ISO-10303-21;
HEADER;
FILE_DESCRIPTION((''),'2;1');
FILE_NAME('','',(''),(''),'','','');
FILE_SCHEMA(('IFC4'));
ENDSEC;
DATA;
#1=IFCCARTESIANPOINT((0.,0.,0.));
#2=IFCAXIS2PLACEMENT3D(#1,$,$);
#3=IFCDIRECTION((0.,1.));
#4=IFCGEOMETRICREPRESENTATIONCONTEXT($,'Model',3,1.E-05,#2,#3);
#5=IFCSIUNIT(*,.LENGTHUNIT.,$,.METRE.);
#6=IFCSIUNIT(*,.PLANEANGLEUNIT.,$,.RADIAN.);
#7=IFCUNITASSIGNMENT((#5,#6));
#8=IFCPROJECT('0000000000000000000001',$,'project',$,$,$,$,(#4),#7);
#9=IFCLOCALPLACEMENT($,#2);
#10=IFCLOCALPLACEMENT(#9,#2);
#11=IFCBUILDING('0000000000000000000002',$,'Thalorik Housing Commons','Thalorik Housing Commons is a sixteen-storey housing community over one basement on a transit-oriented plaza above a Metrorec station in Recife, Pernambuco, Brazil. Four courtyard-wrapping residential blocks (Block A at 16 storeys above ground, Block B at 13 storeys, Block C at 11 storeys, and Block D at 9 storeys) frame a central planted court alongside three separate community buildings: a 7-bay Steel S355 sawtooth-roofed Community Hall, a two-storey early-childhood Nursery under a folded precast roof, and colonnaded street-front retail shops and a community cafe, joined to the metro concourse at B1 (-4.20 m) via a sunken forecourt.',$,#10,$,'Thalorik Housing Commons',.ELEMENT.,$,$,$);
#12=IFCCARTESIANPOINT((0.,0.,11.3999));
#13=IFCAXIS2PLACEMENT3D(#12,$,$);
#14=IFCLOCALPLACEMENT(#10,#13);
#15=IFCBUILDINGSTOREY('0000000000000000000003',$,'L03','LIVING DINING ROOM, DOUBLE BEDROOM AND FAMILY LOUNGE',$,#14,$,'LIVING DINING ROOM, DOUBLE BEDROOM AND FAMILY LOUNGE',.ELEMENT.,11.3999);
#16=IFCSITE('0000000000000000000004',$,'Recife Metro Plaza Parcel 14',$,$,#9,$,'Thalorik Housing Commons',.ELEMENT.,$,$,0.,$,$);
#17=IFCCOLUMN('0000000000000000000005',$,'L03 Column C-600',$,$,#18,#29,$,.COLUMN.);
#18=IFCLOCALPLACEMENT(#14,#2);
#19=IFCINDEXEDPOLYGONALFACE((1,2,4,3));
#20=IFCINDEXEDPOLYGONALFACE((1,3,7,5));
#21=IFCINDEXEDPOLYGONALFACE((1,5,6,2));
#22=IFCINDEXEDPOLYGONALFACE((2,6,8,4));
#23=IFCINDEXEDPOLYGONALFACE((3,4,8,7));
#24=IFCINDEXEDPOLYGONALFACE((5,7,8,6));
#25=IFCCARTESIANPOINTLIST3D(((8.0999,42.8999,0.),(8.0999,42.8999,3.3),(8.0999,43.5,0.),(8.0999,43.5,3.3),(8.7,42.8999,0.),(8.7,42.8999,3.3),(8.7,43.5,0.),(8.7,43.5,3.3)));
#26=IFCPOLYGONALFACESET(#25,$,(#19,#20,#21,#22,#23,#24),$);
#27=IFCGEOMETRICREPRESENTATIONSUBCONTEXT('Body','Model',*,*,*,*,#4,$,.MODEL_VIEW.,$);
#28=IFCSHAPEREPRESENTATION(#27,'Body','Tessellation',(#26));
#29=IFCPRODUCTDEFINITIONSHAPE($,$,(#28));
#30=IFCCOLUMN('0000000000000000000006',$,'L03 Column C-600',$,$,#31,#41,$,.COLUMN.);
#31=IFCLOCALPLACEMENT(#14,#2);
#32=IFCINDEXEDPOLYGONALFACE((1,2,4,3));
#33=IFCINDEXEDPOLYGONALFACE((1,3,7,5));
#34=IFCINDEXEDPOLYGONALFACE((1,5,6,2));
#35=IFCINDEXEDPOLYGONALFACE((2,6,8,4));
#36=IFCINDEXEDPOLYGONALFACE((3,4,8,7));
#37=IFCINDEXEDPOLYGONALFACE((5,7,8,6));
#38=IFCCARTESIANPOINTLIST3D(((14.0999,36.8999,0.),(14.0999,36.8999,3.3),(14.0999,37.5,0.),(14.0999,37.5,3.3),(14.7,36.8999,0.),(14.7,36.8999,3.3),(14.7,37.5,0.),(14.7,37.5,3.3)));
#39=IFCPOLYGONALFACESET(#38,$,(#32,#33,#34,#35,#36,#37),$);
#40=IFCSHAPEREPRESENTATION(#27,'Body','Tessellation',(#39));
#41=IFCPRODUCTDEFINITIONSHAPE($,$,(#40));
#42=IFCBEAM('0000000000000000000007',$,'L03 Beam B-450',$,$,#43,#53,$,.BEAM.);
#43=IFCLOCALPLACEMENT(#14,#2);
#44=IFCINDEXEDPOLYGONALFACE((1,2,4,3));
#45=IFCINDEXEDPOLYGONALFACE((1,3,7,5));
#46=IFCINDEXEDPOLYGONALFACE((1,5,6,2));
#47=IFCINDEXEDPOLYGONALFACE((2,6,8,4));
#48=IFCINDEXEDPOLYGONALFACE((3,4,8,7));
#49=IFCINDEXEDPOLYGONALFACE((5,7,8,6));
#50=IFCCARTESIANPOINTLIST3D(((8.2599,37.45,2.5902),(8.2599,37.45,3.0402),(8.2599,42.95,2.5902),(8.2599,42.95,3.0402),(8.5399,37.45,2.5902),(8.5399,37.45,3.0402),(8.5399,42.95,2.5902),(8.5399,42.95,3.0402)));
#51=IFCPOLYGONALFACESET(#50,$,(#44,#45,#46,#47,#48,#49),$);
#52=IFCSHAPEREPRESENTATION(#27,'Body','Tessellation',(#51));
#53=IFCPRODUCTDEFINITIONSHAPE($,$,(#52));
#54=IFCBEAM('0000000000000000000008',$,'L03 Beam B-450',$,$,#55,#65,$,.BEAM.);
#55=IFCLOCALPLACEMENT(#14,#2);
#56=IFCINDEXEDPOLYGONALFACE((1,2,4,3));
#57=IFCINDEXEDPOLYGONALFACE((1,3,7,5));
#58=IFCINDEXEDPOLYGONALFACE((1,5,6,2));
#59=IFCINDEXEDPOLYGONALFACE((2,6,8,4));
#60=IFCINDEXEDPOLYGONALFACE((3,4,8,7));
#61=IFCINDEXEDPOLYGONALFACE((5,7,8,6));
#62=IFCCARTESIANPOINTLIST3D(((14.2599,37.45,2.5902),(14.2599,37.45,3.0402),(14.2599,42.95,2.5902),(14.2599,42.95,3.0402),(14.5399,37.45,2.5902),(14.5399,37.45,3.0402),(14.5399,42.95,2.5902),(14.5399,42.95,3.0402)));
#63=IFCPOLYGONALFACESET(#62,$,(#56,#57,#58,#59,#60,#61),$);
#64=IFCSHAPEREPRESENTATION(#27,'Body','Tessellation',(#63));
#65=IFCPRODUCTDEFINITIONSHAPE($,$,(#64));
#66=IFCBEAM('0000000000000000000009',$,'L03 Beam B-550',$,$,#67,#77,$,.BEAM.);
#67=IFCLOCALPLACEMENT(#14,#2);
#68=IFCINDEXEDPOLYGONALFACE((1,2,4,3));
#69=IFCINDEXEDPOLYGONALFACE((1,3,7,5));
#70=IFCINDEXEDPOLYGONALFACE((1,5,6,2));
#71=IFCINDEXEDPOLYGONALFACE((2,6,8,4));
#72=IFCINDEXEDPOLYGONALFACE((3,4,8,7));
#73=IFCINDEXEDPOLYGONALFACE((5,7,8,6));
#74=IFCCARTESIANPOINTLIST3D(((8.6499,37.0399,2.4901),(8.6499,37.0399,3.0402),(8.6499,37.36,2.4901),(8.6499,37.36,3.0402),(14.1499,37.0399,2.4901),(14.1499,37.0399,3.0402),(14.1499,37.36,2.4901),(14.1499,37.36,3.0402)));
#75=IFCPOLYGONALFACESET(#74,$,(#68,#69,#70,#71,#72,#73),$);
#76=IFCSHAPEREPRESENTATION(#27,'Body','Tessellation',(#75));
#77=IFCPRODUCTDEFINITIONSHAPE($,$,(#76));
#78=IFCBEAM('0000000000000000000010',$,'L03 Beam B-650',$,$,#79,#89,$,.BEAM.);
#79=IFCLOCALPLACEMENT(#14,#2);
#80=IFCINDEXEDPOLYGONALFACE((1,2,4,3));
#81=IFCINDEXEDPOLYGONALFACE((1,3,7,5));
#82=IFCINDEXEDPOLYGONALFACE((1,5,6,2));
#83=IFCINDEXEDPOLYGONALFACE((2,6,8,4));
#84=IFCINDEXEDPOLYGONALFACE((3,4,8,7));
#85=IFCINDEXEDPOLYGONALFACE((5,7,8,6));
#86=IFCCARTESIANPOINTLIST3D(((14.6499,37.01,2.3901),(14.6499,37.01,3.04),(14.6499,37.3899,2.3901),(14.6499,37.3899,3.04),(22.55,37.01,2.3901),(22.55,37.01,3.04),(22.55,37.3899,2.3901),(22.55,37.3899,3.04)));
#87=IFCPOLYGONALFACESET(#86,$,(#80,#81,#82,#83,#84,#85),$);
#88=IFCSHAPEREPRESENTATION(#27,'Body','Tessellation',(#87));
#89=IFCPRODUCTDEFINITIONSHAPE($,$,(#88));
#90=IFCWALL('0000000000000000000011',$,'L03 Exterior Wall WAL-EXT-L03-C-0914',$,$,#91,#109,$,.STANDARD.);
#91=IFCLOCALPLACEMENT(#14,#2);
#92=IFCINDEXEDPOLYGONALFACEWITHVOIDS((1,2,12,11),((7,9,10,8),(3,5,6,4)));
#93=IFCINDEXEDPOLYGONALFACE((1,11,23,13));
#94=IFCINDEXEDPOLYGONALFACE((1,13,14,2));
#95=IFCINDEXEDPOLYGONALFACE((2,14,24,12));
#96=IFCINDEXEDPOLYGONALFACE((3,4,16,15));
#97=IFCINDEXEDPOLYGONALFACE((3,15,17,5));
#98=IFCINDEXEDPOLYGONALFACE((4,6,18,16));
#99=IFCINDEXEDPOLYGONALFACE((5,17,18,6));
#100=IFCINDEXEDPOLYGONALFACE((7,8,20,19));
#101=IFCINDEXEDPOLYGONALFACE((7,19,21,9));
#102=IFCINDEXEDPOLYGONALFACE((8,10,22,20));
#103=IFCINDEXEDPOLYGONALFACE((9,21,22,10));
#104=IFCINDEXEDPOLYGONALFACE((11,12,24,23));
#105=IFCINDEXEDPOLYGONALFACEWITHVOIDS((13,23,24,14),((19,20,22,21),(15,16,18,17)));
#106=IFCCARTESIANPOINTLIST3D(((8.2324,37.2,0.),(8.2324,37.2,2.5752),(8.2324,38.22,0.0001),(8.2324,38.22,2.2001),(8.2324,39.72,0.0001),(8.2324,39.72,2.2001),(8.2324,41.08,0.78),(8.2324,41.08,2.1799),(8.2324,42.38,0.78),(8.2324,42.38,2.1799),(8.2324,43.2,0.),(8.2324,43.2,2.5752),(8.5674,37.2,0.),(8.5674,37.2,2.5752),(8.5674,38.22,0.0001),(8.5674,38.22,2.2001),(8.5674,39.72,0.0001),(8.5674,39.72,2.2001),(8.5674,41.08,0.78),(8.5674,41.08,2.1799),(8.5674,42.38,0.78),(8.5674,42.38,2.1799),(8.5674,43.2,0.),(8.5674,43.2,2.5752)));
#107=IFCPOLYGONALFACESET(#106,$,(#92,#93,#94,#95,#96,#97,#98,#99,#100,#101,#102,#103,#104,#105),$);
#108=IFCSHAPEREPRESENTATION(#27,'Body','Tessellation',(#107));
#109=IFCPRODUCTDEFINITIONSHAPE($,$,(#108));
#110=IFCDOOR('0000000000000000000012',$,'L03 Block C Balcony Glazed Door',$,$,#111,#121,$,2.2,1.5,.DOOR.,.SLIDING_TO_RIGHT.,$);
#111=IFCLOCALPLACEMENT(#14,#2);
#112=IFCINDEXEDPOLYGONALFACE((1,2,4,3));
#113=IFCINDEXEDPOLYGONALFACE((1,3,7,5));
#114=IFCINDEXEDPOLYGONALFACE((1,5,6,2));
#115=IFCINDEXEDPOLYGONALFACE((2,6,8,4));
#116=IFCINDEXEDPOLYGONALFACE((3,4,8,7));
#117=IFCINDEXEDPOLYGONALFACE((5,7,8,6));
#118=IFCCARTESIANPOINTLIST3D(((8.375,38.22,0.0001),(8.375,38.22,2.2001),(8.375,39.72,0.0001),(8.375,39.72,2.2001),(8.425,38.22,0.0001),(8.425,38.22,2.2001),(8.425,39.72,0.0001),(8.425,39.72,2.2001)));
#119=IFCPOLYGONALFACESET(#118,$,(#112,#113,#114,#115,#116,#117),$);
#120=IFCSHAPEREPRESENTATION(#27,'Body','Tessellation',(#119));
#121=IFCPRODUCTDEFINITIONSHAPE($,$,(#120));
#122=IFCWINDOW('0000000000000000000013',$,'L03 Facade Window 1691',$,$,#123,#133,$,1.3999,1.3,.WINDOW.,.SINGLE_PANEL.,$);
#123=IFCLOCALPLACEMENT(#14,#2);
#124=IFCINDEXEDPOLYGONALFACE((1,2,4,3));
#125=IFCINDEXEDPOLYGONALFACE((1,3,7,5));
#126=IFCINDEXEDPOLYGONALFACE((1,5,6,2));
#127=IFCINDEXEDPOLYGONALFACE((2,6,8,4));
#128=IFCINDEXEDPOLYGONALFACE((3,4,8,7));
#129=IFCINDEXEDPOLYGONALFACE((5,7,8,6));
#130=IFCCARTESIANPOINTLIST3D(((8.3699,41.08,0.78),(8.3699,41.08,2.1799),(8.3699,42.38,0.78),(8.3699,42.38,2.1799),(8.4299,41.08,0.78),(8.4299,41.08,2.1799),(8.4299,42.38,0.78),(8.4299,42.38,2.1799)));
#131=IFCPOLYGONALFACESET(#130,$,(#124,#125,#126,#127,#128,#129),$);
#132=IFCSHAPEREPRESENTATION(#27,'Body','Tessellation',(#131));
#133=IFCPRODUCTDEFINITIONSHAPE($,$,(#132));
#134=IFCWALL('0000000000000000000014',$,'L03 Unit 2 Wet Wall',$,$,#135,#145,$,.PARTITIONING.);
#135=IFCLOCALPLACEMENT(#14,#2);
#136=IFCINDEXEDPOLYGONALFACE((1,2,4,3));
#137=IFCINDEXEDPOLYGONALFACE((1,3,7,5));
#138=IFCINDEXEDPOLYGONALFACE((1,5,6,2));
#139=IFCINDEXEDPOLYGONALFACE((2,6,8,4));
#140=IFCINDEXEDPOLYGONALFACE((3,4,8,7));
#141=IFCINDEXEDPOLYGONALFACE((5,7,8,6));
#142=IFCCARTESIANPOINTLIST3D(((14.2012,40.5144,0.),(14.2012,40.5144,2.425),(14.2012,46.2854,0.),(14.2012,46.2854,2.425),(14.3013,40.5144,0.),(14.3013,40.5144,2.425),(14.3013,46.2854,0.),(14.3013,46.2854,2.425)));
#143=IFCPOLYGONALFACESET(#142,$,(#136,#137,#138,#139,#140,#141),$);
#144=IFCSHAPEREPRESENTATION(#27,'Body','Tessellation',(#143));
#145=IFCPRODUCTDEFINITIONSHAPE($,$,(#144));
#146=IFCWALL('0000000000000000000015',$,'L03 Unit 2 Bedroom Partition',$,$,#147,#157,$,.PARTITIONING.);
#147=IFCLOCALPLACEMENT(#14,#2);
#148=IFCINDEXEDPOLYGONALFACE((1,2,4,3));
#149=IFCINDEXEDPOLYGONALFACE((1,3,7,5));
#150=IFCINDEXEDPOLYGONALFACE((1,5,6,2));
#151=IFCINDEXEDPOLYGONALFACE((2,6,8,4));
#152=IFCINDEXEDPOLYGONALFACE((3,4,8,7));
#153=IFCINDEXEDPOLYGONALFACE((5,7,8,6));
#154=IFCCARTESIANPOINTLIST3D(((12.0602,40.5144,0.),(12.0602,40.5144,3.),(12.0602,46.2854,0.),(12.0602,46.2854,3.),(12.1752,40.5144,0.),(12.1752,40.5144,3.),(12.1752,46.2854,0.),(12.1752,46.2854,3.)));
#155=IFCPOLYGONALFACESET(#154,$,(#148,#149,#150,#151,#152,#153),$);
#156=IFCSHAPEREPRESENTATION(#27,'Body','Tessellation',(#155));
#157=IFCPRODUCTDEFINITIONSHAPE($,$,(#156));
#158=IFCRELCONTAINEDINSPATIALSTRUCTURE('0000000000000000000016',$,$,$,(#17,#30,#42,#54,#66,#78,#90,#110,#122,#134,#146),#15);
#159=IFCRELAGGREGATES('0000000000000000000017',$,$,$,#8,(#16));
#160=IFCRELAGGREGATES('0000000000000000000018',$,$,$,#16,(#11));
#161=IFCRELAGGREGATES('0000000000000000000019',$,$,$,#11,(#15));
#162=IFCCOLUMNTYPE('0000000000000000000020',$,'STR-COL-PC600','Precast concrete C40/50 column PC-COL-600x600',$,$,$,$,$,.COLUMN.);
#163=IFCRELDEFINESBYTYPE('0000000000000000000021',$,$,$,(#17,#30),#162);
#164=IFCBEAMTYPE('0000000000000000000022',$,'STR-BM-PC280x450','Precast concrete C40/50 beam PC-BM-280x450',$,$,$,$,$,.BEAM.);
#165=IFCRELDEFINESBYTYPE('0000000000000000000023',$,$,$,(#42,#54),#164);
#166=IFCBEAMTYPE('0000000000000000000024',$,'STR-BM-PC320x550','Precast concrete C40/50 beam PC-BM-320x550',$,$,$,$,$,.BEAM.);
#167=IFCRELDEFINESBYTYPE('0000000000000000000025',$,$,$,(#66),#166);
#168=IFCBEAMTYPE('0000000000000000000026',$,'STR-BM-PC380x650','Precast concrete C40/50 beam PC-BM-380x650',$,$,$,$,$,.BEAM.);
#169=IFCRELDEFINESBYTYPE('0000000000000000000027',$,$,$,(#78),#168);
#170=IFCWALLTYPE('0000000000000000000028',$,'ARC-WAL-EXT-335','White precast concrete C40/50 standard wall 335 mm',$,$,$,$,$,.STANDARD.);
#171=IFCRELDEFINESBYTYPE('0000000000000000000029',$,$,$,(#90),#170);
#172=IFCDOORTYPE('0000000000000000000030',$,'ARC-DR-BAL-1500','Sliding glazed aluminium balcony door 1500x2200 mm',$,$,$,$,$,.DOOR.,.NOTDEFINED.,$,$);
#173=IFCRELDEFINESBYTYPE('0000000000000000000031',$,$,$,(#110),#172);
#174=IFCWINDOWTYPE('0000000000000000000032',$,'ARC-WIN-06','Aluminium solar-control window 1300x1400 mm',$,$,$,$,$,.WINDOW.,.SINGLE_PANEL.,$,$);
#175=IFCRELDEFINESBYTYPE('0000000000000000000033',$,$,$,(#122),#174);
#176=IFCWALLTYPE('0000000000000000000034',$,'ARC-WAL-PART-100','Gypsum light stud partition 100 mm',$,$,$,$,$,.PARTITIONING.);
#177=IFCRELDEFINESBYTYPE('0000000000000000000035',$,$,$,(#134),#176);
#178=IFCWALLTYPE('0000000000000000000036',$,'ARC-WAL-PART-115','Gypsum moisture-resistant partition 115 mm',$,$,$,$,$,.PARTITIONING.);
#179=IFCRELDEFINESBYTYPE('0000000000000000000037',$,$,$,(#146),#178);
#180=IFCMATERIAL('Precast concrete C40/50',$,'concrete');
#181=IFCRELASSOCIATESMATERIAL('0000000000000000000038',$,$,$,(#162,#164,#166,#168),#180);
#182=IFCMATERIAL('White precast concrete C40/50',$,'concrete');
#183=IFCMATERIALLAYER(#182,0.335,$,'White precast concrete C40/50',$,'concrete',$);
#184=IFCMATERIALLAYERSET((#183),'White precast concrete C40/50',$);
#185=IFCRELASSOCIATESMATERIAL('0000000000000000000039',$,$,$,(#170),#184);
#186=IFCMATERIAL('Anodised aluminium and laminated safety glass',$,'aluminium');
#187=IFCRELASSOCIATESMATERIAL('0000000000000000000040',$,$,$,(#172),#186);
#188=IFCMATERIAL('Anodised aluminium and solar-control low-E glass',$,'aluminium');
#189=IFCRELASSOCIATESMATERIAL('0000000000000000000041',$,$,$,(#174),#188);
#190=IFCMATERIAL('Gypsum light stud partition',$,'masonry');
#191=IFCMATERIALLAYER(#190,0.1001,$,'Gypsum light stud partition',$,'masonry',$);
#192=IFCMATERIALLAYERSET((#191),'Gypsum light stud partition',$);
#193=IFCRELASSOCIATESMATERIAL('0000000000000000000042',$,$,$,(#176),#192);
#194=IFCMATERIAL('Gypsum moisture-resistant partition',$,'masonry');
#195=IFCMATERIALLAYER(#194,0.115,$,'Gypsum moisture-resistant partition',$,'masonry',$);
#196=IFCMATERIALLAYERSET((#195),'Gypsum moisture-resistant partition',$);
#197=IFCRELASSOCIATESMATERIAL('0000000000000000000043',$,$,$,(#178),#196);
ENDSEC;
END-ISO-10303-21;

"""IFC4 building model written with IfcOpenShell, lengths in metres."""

from ifc_helpers import new_model, si_unit, direction, frame, frame_2d, origin, origin_2d, place, context, subcontext, project, spatial, rectangle, extrude, material, layer, layer_set, material_profile, profile_set, type_object, element, fill, save


model = new_model("IFC4")

# Units and contexts
model_context = context("Model", 3, precision=1e-05, world=origin(), true_north=direction((0.0, 1.0)))
body_context = subcontext(model_context, "Body", "Model", "MODEL_VIEW")
ifc_project = project(units=[si_unit("LENGTHUNIT", "METRE"), si_unit("PLANEANGLEUNIT", "RADIAN")], contexts=[model_context])

# Site, building, storey
site_placement = place(None, origin())
site = spatial("IfcSite", under=ifc_project, at=site_placement, Name="Recife Metro Plaza Parcel 14", LongName="Thalorik Housing Commons", CompositionType="ELEMENT", RefElevation=0.0)
building_placement = place(site_placement, origin())
building = spatial("IfcBuilding", under=site, at=building_placement, Name="Thalorik Housing Commons", Description="Thalorik Housing Commons is a sixteen-storey housing community over one basement on a transit-oriented plaza above a Metrorec station in Recife, Pernambuco, Brazil. Four courtyard-wrapping residential blocks (Block A at 16 storeys above ground, Block B at 13 storeys, Block C at 11 storeys, and Block D at 9 storeys) frame a central planted court alongside three separate community buildings: a 7-bay Steel S355 sawtooth-roofed Community Hall, a two-storey early-childhood Nursery under a folded precast roof, and colonnaded street-front retail shops and a community cafe, joined to the metro concourse at B1 (-4.20 m) via a sunken forecourt.", LongName="Thalorik Housing Commons", CompositionType="ELEMENT")
storey_placement = place(building_placement, frame((0.0, 0.0, 11.3999)))
storey = spatial("IfcBuildingStorey", under=building, at=storey_placement, Name="L03", Description="LIVING DINING ROOM, DOUBLE BEDROOM AND FAMILY LOUNGE", LongName="LIVING DINING ROOM, DOUBLE BEDROOM AND FAMILY LOUNGE", CompositionType="ELEMENT", Elevation=11.3999)

# Columns
ifc_material_1 = material(Name="Precast concrete C40/50", Category="concrete")
ifc_material_profile_1 = material_profile(ifc_material_1, rectangle(XDim=0.6001, YDim=0.6001, at=origin_2d()), Name="PC 600x600", Category="concrete")
ifc_profile_set_1 = profile_set([ifc_material_profile_1], Name="Precast concrete C40/50")
column_type = type_object("IfcColumnType", Name="STR-COL-PC600", Description="Precast concrete C40/50 column PC-COL-600x600", PredefinedType="COLUMN", material=ifc_profile_set_1)
for number, where, z_axis, x_axis, name in (
    (1, (8.3999, 43.2, 0.0), (0.0, 0.0, 1.0), (1.0, 0.0, 0.0), "L03 Column C-600"),
    (2, (14.3999, 37.2, 0.0), (0.0, 0.0, 1.0), (1.0, 0.0, 0.0), "L03 Column C-600"),
):
    element("IfcColumn", number, at=place(storey_placement, frame(where, z_axis=z_axis, x_axis=x_axis)), inside=storey, type_object=column_type, Name=name, PredefinedType="COLUMN", context=body_context, shape_type="SweptSolid", body=[
        extrude(rectangle(XDim=0.6001, YDim=0.6001, at=origin_2d()), origin(), (0.0, 0.0, 1.0), 3.3),
    ])

# Beams
ifc_material_profile_2 = material_profile(ifc_material_1, rectangle(XDim=0.28, YDim=0.45, at=origin_2d()), Name="PC 280x450", Category="concrete")
ifc_profile_set_2 = profile_set([ifc_material_profile_2], Name="Precast concrete C40/50")
beam_type_1 = type_object("IfcBeamType", Name="STR-BM-PC280x450", Description="Precast concrete C40/50 beam PC-BM-280x450", PredefinedType="BEAM", material=ifc_profile_set_2)
for number, where, z_axis, x_axis, name in (
    (3, (8.3999, 37.45, 2.8152), (0.0, 1.0, 0.0), (-1.0, 0.0, 0.0), "L03 Beam B-450"),
    (4, (14.3999, 37.45, 2.8152), (0.0, 1.0, 0.0), (-1.0, 0.0, 0.0), "L03 Beam B-450"),
):
    element("IfcBeam", number, at=place(storey_placement, frame(where, z_axis=z_axis, x_axis=x_axis)), inside=storey, type_object=beam_type_1, Name=name, PredefinedType="BEAM", context=body_context, shape_type="SweptSolid", body=[
        extrude(rectangle(XDim=0.28, YDim=0.45, at=origin_2d()), origin(), (0.0, 0.0, 1.0), 5.5),
    ])
ifc_material_profile_3 = material_profile(ifc_material_1, rectangle(XDim=0.3201, YDim=0.55, at=origin_2d()), Name="PC 320x550", Category="concrete")
ifc_profile_set_3 = profile_set([ifc_material_profile_3], Name="Precast concrete C40/50")
beam_type_2 = type_object("IfcBeamType", Name="STR-BM-PC320x550", Description="Precast concrete C40/50 beam PC-BM-320x550", PredefinedType="BEAM", material=ifc_profile_set_3)
beam_1_placement = place(storey_placement, frame((8.6499, 37.2, 2.7651), z_axis=(1.0, 0.0, 0.0), x_axis=(0.0, 1.0, 0.0)))
element("IfcBeam", 5, at=beam_1_placement, inside=storey, type_object=beam_type_2, Name="L03 Beam B-550", PredefinedType="BEAM", context=body_context, shape_type="SweptSolid", body=[
    extrude(rectangle(XDim=0.3201, YDim=0.55, at=origin_2d()), origin(), (0.0, 0.0, 1.0), 5.5),
])
ifc_material_profile_4 = material_profile(ifc_material_1, rectangle(XDim=0.3799, YDim=0.6499, at=origin_2d()), Name="PC 380x650", Category="concrete")
ifc_profile_set_4 = profile_set([ifc_material_profile_4], Name="Precast concrete C40/50")
beam_type_3 = type_object("IfcBeamType", Name="STR-BM-PC380x650", Description="Precast concrete C40/50 beam PC-BM-380x650", PredefinedType="BEAM", material=ifc_profile_set_4)
beam_2_placement = place(storey_placement, frame((14.6499, 37.2, 2.7151), z_axis=(1.0, 0.0, 0.0), x_axis=(0.0, 1.0, 0.0)))
element("IfcBeam", 6, at=beam_2_placement, inside=storey, type_object=beam_type_3, Name="L03 Beam B-650", PredefinedType="BEAM", context=body_context, shape_type="SweptSolid", body=[
    extrude(rectangle(XDim=0.3799, YDim=0.6499, at=origin_2d()), origin(), (0.0, 0.0, 1.0), 7.9001),
])

# Wall, openings, door, window
ifc_material_2 = material(Name="White precast concrete C40/50", Category="concrete")
ifc_layer_1 = layer(ifc_material_2, 0.335, Name="White precast concrete C40/50", Category="concrete")
ifc_layer_set_1 = layer_set([ifc_layer_1], Name="White precast concrete C40/50")
wall_type_1 = type_object("IfcWallType", Name="ARC-WAL-EXT-335", Description="White precast concrete C40/50 standard wall 335 mm", PredefinedType="STANDARD", material=ifc_layer_set_1)
wall_1_placement = place(storey_placement, frame((8.3999, 43.2, 0.0), z_axis=(0.0, 0.0, 1.0), x_axis=(0.0, -1.0, 0.0)))
wall_1 = element("IfcWall", 7, at=wall_1_placement, inside=storey, type_object=wall_type_1, Name="L03 Exterior Wall WAL-EXT-L03-C-0914", PredefinedType="STANDARD", context=body_context, shape_type="SweptSolid", body=[
    extrude(rectangle(XDim=6.0, YDim=0.335, at=frame_2d((3.0, 0.0))), origin(), (0.0, 0.0, 1.0), 2.5752),
])
opening_1_placement = place(wall_1_placement, frame((3.48, 0.0, 0.0)))
opening_1 = element("IfcOpeningElement", 8, at=opening_1_placement, cuts=wall_1, PredefinedType="OPENING", context=body_context, shape_type="SweptSolid", body=[
    extrude(rectangle(XDim=1.5, YDim=2.2, at=frame_2d((0.75, 1.1001))), frame((0.0, 0.1775, 0.0), z_axis=(0.0, -1.0, 0.0), x_axis=(1.0, 0.0, 0.0)), (0.0, 0.0, 1.0), 0.355),
])
opening_2_placement = place(wall_1_placement, frame((0.8201, 0.0, 0.78)))
opening_2 = element("IfcOpeningElement", 9, at=opening_2_placement, cuts=wall_1, PredefinedType="OPENING", context=body_context, shape_type="SweptSolid", body=[
    extrude(rectangle(XDim=1.3, YDim=1.3999, at=frame_2d((0.6499, 0.7))), frame((0.0, 0.1775, 0.0), z_axis=(0.0, -1.0, 0.0), x_axis=(1.0, 0.0, 0.0)), (0.0, 0.0, 1.0), 0.355),
])
ifc_material_3 = material(Name="Anodised aluminium and laminated safety glass", Category="aluminium")
door_type_1 = type_object("IfcDoorType", Name="ARC-DR-BAL-1500", Description="Sliding glazed aluminium balcony door 1500x2200 mm", OperationType="NOTDEFINED", PredefinedType="DOOR", material=ifc_material_3)
door_1_placement = place(opening_1_placement, frame((1.5, 0.0, 0.0), z_axis=(0.0, 0.0, 1.0), x_axis=(-1.0, 0.0, 0.0)))
door_1 = element("IfcDoor", 10, at=door_1_placement, inside=storey, type_object=door_type_1, Name="L03 Block C Balcony Glazed Door", OperationType="SLIDING_TO_RIGHT", OverallHeight=2.2, OverallWidth=1.5, PredefinedType="DOOR", context=body_context, shape_type="SweptSolid", body=[
    extrude(rectangle(XDim=1.5, YDim=2.2, at=frame_2d((0.75, 1.1001))), frame((0.0, 0.0249, 0.0), z_axis=(0.0, -1.0, 0.0), x_axis=(1.0, 0.0, 0.0)), (0.0, 0.0, 1.0), 0.05),
])
fill(opening_1, door_1)
ifc_material_4 = material(Name="Anodised aluminium and solar-control low-E glass", Category="aluminium")
window_type = type_object("IfcWindowType", Name="ARC-WIN-06", Description="Aluminium solar-control window 1300x1400 mm", PartitioningType="SINGLE_PANEL", PredefinedType="WINDOW", material=ifc_material_4)
window_placement = place(opening_2_placement, origin())
window = element("IfcWindow", 11, at=window_placement, inside=storey, type_object=window_type, Name="L03 Facade Window 1691", OverallHeight=1.3999, OverallWidth=1.3, PartitioningType="SINGLE_PANEL", PredefinedType="WINDOW", context=body_context, shape_type="SweptSolid", body=[
    extrude(rectangle(XDim=1.3, YDim=1.3999, at=frame_2d((0.6499, 0.7))), frame((0.0, 0.03, 0.0), z_axis=(0.0, -1.0, 0.0), x_axis=(1.0, 0.0, 0.0)), (0.0, 0.0, 1.0), 0.0601),
])
fill(opening_2, window)

# Walls
ifc_material_5 = material(Name="Gypsum light stud partition", Category="masonry")
ifc_layer_2 = layer(ifc_material_5, 0.1001, Name="Gypsum light stud partition", Category="masonry")
ifc_layer_set_2 = layer_set([ifc_layer_2], Name="Gypsum light stud partition")
wall_type_2 = type_object("IfcWallType", Name="ARC-WAL-PART-100", Description="Gypsum light stud partition 100 mm", PredefinedType="PARTITIONING", material=ifc_layer_set_2)
wall_2_placement = place(storey_placement, frame((14.2512, 40.5144, 0.0), z_axis=(0.0, 0.0, 1.0), x_axis=(0.0, 1.0, 0.0)))
element("IfcWall", 12, at=wall_2_placement, inside=storey, type_object=wall_type_2, Name="L03 Unit 2 Wet Wall", PredefinedType="PARTITIONING", context=body_context, shape_type="SweptSolid", body=[
    extrude(rectangle(XDim=5.771, YDim=0.1001, at=frame_2d((2.8855, 0.0))), origin(), (0.0, 0.0, 1.0), 2.425),
])
ifc_material_6 = material(Name="Gypsum moisture-resistant partition", Category="masonry")
ifc_layer_3 = layer(ifc_material_6, 0.115, Name="Gypsum moisture-resistant partition", Category="masonry")
ifc_layer_set_3 = layer_set([ifc_layer_3], Name="Gypsum moisture-resistant partition")
wall_type_3 = type_object("IfcWallType", Name="ARC-WAL-PART-115", Description="Gypsum moisture-resistant partition 115 mm", PredefinedType="PARTITIONING", material=ifc_layer_set_3)
wall_3_placement = place(storey_placement, frame((12.1177, 40.5144, 0.0), z_axis=(0.0, 0.0, 1.0), x_axis=(0.0, 1.0, 0.0)))
element("IfcWall", 13, at=wall_3_placement, inside=storey, type_object=wall_type_3, Name="L03 Unit 2 Bedroom Partition", PredefinedType="PARTITIONING", context=body_context, shape_type="SweptSolid", body=[
    extrude(rectangle(XDim=5.771, YDim=0.115, at=frame_2d((2.8855, 0.0))), origin(), (0.0, 0.0, 1.0), 3.0),
])

save(model, "model.ifc")
